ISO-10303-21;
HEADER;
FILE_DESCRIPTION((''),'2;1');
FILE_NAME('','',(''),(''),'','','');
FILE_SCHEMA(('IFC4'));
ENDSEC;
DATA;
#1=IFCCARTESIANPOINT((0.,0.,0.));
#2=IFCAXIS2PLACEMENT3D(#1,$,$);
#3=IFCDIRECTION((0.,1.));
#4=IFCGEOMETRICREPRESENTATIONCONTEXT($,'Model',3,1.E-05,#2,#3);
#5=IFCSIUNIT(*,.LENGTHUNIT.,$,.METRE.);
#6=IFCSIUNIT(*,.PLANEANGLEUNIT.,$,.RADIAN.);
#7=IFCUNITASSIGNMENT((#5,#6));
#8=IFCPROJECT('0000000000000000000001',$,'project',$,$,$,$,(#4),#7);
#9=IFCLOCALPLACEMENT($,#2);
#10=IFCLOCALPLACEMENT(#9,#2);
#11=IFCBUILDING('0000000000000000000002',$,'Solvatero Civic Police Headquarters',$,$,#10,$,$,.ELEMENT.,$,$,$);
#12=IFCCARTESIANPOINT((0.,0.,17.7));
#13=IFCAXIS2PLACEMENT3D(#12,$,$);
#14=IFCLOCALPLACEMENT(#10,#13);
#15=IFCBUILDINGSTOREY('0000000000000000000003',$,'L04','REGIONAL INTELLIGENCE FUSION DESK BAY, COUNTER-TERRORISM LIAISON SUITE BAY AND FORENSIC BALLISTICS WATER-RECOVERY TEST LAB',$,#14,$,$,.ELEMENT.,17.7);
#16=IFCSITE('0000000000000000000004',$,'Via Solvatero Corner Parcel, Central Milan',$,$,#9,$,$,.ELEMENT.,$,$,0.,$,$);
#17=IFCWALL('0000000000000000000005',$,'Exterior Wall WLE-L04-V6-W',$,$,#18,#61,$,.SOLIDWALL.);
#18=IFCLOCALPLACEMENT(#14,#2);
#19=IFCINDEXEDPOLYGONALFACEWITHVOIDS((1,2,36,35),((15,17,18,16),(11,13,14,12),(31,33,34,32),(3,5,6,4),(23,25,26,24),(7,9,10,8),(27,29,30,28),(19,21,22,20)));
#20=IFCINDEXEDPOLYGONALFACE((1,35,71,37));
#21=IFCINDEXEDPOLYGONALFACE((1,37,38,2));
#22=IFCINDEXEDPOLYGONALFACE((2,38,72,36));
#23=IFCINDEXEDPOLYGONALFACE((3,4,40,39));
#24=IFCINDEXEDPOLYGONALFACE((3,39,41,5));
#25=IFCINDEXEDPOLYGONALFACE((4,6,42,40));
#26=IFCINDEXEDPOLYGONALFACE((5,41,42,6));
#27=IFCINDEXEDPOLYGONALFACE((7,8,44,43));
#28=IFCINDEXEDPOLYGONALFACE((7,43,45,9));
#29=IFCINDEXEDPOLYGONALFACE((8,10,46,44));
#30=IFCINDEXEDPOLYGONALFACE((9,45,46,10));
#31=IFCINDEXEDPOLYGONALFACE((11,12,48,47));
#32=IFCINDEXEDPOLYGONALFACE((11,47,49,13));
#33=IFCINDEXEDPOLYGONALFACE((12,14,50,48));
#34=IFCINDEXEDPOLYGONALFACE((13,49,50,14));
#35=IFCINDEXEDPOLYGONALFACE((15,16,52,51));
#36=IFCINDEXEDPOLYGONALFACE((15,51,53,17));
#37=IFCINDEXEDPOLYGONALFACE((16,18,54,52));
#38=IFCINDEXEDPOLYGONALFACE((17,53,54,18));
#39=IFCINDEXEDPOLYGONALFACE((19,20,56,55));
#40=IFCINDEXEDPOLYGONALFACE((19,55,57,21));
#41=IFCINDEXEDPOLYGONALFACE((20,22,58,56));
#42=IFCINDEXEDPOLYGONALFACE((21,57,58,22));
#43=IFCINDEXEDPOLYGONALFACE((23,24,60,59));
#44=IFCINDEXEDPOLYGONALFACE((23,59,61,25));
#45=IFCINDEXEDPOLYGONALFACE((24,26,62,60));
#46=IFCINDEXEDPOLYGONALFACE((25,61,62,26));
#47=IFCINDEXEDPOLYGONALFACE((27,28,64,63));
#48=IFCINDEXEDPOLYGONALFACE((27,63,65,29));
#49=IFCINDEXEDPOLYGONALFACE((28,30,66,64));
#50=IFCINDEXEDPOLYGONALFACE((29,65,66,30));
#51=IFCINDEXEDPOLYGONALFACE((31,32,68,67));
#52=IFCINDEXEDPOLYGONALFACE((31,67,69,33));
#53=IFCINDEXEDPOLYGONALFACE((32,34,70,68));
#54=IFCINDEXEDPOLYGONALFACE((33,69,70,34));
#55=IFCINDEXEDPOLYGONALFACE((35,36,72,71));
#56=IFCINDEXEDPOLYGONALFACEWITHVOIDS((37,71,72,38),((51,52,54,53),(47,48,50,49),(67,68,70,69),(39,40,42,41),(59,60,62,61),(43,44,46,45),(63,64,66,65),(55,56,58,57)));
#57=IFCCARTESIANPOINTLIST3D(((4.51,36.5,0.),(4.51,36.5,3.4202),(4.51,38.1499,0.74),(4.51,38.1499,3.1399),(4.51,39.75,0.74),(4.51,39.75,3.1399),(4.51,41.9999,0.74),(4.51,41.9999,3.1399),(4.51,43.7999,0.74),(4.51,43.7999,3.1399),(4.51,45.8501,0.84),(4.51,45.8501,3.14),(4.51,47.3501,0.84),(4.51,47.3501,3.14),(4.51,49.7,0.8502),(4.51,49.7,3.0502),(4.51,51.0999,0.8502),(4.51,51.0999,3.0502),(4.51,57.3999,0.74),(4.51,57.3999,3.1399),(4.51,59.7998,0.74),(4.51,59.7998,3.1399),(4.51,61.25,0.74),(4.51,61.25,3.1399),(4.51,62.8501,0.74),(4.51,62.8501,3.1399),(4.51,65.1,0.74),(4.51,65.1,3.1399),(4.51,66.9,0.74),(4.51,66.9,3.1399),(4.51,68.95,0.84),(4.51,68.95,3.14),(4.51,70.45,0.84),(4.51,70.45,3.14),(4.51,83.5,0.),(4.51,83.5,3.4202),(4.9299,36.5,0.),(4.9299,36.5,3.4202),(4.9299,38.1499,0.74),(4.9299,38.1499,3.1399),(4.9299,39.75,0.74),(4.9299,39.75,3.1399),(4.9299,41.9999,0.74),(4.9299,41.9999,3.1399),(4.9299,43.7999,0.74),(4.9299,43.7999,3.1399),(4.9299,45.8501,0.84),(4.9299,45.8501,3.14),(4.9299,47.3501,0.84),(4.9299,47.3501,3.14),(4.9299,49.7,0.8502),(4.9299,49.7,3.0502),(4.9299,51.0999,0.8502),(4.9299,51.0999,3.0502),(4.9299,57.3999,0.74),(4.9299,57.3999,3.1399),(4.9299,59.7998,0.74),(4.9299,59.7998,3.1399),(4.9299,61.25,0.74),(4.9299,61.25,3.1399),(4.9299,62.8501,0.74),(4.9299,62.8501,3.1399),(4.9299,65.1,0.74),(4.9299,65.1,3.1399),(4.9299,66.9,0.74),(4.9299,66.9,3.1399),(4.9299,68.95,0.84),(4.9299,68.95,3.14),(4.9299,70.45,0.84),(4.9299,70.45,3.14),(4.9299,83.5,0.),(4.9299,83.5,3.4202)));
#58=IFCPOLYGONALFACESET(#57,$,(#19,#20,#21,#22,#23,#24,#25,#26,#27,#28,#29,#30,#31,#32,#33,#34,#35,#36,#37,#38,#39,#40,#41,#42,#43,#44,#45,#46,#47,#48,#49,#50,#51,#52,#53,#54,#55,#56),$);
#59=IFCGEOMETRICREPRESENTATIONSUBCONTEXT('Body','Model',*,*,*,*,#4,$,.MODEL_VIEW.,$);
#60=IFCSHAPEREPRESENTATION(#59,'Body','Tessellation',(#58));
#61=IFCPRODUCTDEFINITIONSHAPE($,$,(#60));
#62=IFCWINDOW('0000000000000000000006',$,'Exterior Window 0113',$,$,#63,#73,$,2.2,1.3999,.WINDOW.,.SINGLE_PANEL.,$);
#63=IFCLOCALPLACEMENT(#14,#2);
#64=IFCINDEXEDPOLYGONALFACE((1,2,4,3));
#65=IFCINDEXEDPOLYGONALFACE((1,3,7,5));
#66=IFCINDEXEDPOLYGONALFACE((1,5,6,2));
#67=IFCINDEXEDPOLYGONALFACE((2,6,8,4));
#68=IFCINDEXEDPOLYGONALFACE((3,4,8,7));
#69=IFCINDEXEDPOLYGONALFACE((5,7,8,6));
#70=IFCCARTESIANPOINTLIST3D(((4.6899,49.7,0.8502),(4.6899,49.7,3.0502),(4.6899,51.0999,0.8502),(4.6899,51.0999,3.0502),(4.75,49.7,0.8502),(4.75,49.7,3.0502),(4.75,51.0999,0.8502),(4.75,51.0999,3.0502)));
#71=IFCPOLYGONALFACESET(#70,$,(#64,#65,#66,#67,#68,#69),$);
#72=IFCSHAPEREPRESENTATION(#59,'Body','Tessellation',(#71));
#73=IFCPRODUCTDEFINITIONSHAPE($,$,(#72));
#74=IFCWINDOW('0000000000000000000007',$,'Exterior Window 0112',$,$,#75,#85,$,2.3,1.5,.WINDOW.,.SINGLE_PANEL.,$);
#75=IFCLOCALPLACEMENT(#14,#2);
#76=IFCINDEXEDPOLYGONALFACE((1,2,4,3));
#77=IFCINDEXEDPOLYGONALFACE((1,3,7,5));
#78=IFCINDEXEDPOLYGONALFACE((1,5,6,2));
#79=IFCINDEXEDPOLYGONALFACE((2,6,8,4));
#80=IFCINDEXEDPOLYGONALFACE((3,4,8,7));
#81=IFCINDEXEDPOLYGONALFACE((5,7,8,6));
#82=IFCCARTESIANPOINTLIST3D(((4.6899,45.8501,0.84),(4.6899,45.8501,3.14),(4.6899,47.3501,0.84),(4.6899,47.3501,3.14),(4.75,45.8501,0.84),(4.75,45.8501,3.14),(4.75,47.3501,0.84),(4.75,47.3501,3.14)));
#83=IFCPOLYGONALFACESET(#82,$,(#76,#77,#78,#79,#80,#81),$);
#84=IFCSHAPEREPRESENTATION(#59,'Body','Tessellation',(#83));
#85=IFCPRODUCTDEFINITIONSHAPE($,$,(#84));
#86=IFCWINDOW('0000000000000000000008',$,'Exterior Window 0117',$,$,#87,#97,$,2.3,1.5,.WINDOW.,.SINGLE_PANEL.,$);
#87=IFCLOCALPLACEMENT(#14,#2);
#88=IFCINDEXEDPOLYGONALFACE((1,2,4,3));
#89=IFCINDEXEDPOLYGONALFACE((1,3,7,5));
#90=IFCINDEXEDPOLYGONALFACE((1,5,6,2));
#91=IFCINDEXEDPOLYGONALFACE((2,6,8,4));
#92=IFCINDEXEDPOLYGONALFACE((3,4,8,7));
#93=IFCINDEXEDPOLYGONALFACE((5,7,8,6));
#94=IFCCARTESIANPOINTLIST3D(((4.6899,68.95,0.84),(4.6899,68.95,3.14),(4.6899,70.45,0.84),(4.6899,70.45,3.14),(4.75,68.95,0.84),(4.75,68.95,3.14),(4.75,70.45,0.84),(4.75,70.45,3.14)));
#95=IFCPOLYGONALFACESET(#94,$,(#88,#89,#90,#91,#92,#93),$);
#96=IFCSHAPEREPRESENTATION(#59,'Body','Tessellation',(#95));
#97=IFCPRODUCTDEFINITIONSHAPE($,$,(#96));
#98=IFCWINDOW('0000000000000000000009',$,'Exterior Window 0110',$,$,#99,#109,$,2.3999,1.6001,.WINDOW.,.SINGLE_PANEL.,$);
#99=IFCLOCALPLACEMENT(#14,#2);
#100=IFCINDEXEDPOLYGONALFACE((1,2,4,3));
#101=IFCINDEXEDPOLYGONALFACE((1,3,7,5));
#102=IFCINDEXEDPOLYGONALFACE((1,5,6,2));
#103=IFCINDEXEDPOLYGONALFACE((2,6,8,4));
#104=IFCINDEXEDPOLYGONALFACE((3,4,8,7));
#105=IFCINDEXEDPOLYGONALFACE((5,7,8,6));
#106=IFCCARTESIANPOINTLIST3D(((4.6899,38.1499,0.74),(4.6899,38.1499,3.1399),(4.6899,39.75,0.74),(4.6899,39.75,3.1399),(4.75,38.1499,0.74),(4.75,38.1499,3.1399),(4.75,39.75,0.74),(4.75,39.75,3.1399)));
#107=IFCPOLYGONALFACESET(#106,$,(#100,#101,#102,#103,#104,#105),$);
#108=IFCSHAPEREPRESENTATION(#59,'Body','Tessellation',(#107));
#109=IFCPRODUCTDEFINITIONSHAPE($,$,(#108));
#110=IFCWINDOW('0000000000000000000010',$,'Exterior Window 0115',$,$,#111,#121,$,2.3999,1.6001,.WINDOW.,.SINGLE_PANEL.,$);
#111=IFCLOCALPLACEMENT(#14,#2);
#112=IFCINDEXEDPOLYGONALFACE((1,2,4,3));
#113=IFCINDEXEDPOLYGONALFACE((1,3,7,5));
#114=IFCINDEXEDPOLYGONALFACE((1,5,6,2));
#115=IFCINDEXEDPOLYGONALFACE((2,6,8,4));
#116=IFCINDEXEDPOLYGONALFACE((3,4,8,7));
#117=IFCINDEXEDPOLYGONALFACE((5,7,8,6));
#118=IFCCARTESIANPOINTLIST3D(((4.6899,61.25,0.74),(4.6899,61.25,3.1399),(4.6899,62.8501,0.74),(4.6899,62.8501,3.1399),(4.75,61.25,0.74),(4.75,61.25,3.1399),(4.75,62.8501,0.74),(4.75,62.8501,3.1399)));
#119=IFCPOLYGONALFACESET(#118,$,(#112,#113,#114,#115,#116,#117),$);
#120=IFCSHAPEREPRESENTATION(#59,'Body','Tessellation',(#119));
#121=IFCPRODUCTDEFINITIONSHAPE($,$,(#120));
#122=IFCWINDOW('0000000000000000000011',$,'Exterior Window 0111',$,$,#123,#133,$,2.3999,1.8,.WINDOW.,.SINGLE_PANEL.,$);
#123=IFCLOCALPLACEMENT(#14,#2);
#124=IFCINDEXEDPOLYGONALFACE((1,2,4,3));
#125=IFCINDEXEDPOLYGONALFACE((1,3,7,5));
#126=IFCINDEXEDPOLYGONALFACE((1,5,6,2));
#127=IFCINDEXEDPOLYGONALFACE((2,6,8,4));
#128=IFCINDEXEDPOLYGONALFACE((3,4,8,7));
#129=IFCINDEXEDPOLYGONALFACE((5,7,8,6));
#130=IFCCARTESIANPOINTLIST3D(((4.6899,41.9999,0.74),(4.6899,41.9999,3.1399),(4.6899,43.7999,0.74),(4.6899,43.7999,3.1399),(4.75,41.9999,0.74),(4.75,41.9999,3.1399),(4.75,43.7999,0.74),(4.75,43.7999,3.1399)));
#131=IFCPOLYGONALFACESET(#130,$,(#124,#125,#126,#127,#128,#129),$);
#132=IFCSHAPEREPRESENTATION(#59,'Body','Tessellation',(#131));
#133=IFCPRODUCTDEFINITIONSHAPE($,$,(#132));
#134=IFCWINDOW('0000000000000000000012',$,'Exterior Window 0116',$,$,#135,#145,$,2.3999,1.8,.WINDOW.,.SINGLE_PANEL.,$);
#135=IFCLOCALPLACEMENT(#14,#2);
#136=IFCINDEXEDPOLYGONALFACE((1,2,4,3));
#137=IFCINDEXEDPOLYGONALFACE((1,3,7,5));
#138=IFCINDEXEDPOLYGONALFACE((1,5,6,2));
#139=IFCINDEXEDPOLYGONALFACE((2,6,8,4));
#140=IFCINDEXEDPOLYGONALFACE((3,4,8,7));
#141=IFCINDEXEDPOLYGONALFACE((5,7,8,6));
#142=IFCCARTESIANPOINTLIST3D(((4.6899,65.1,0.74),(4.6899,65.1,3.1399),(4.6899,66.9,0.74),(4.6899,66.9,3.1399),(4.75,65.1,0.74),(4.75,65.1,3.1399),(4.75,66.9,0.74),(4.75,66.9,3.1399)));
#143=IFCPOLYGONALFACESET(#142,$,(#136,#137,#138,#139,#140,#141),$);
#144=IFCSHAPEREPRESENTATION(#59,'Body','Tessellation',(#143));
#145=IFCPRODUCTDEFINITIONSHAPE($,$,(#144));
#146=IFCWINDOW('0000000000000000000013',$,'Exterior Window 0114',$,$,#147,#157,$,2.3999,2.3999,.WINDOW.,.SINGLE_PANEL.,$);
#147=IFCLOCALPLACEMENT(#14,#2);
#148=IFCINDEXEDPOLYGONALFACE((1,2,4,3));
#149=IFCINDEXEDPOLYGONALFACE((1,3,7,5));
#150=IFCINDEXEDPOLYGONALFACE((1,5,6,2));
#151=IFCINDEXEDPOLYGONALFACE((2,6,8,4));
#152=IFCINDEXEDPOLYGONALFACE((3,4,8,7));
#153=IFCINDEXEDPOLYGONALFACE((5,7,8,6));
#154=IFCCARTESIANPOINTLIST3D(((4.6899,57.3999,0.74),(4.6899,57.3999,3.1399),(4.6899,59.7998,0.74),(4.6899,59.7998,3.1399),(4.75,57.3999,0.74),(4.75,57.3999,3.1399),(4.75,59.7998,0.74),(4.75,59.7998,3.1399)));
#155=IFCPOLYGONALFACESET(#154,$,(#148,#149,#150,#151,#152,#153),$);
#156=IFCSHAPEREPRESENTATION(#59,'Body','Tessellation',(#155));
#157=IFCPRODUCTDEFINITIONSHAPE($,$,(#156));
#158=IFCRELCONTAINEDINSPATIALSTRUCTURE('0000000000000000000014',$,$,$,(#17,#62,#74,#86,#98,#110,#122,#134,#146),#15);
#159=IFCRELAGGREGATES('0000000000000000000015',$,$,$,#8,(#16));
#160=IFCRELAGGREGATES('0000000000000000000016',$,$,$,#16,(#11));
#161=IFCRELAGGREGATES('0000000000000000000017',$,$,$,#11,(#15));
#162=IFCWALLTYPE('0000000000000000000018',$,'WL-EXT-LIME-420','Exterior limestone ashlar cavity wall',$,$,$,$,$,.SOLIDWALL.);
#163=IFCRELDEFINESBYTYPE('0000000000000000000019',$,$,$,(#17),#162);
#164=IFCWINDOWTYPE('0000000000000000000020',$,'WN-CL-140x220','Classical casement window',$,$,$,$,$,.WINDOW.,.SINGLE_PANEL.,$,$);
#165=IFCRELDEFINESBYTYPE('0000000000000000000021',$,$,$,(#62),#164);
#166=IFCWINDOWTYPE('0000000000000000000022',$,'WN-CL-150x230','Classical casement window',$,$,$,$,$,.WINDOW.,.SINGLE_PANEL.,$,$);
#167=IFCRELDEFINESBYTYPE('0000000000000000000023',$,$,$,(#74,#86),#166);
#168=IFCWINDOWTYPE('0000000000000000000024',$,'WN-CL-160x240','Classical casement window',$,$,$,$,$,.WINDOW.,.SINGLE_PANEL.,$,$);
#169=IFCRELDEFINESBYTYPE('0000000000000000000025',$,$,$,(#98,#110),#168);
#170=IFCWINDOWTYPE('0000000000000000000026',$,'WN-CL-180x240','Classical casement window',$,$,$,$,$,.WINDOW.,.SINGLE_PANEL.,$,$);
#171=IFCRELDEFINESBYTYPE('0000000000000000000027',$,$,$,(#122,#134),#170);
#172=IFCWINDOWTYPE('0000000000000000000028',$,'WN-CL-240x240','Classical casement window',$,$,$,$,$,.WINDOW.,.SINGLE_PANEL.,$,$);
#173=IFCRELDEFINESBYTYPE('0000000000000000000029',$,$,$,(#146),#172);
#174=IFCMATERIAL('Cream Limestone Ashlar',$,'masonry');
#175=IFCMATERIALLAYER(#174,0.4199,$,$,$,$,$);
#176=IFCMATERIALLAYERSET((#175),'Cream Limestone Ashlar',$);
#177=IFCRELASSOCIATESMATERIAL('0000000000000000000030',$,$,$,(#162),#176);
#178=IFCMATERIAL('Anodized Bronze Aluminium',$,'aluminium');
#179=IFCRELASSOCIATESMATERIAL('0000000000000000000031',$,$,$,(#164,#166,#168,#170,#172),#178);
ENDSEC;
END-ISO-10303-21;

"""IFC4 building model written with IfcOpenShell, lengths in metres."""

from ifc_helpers import new_model, si_unit, direction, frame, frame_2d, origin, place, context, subcontext, project, spatial, rectangle, extrude, material, layer, layer_set, type_object, element, fill, save


model = new_model("IFC4")

# Units and contexts
model_context = context("Model", 3, precision=1e-05, world=origin(), true_north=direction((0.0, 1.0)))
body_context = subcontext(model_context, "Body", "Model", "MODEL_VIEW")
ifc_project = project(units=[si_unit("LENGTHUNIT", "METRE"), si_unit("PLANEANGLEUNIT", "RADIAN")], contexts=[model_context])

# Site, building, storey
site_placement = place(None, origin())
site = spatial("IfcSite", under=ifc_project, at=site_placement, Name="Via Solvatero Corner Parcel, Central Milan", CompositionType="ELEMENT", RefElevation=0.0)
building_placement = place(site_placement, origin())
building = spatial("IfcBuilding", under=site, at=building_placement, Name="Solvatero Civic Police Headquarters", CompositionType="ELEMENT")
storey_placement = place(building_placement, frame((0.0, 0.0, 17.7)))
storey = spatial("IfcBuildingStorey", under=building, at=storey_placement, Name="L04", Description="REGIONAL INTELLIGENCE FUSION DESK BAY, COUNTER-TERRORISM LIAISON SUITE BAY AND FORENSIC BALLISTICS WATER-RECOVERY TEST LAB", CompositionType="ELEMENT", Elevation=17.7)

# Wall, openings, windows
ifc_material_1 = material(Name="Cream Limestone Ashlar", Category="masonry")
ifc_layer_1 = layer(ifc_material_1, 0.4199)
ifc_layer_set_1 = layer_set([ifc_layer_1], Name="Cream Limestone Ashlar")
wall_type_1 = type_object("IfcWallType", Name="WL-EXT-LIME-420", Description="Exterior limestone ashlar cavity wall", PredefinedType="SOLIDWALL", material=ifc_layer_set_1)
wall_1_placement = place(storey_placement, frame((4.72, 36.5, 0.0), z_axis=(0.0, 0.0, 1.0), x_axis=(0.0, 1.0, 0.0)))
wall_1 = element("IfcWall", 1, at=wall_1_placement, inside=storey, type_object=wall_type_1, Name="Exterior Wall WLE-L04-V6-W", PredefinedType="SOLIDWALL", context=body_context, shape_type="SweptSolid", body=[
    extrude(rectangle(XDim=47.0, YDim=0.4199, at=frame_2d((23.5, 0.0))), origin(), (0.0, 0.0, 1.0), 3.4202),
])
opening_1_placement = place(wall_1_placement, frame((1.6499, 0.0, 0.74)))
opening_1 = element("IfcOpeningElement", 2, at=opening_1_placement, cuts=wall_1, PredefinedType="OPENING", context=body_context, shape_type="SweptSolid", body=[
    extrude(rectangle(XDim=1.6001, YDim=2.3999, at=frame_2d((0.8, 1.2))), frame((0.0, 0.22, 0.0), z_axis=(0.0, -1.0, 0.0), x_axis=(1.0, 0.0, 0.0)), (0.0, 0.0, 1.0), 0.4399),
])
opening_2_placement = place(wall_1_placement, frame((5.5, 0.0, 0.74)))
opening_2 = element("IfcOpeningElement", 3, at=opening_2_placement, cuts=wall_1, PredefinedType="OPENING", context=body_context, shape_type="SweptSolid", body=[
    extrude(rectangle(XDim=1.8, YDim=2.3999, at=frame_2d((0.8999, 1.2))), frame((0.0, 0.22, 0.0), z_axis=(0.0, -1.0, 0.0), x_axis=(1.0, 0.0, 0.0)), (0.0, 0.0, 1.0), 0.4399),
])
opening_3_placement = place(wall_1_placement, frame((9.3501, 0.0, 0.8401)))
opening_3 = element("IfcOpeningElement", 4, at=opening_3_placement, cuts=wall_1, PredefinedType="OPENING", context=body_context, shape_type="SweptSolid", body=[
    extrude(rectangle(XDim=1.5, YDim=2.3, at=frame_2d((0.75, 1.1499))), frame((0.0, 0.22, 0.0), z_axis=(0.0, -1.0, 0.0), x_axis=(1.0, 0.0, 0.0)), (0.0, 0.0, 1.0), 0.4399),
])
opening_4_placement = place(wall_1_placement, frame((13.2, 0.0, 0.8501)))
opening_4 = element("IfcOpeningElement", 5, at=opening_4_placement, cuts=wall_1, PredefinedType="OPENING", context=body_context, shape_type="SweptSolid", body=[
    extrude(rectangle(XDim=1.3999, YDim=2.2, at=frame_2d((0.7, 1.1001))), frame((0.0, 0.22, 0.0), z_axis=(0.0, -1.0, 0.0), x_axis=(1.0, 0.0, 0.0)), (0.0, 0.0, 1.0), 0.4399),
])
opening_5_placement = place(wall_1_placement, frame((20.8999, 0.0, 0.74)))
opening_5 = element("IfcOpeningElement", 6, at=opening_5_placement, cuts=wall_1, PredefinedType="OPENING", context=body_context, shape_type="SweptSolid", body=[
    extrude(rectangle(XDim=2.3999, YDim=2.3999, at=frame_2d((1.2, 1.2))), frame((0.0, 0.22, 0.0), z_axis=(0.0, -1.0, 0.0), x_axis=(1.0, 0.0, 0.0)), (0.0, 0.0, 1.0), 0.4399),
])
opening_6_placement = place(wall_1_placement, frame((24.75, 0.0, 0.74)))
opening_6 = element("IfcOpeningElement", 7, at=opening_6_placement, cuts=wall_1, PredefinedType="OPENING", context=body_context, shape_type="SweptSolid", body=[
    extrude(rectangle(XDim=1.6001, YDim=2.3999, at=frame_2d((0.8, 1.2))), frame((0.0, 0.22, 0.0), z_axis=(0.0, -1.0, 0.0), x_axis=(1.0, 0.0, 0.0)), (0.0, 0.0, 1.0), 0.4399),
])
opening_7_placement = place(wall_1_placement, frame((28.6001, 0.0, 0.74)))
opening_7 = element("IfcOpeningElement", 8, at=opening_7_placement, cuts=wall_1, PredefinedType="OPENING", context=body_context, shape_type="SweptSolid", body=[
    extrude(rectangle(XDim=1.8, YDim=2.3999, at=frame_2d((0.8999, 1.2))), frame((0.0, 0.22, 0.0), z_axis=(0.0, -1.0, 0.0), x_axis=(1.0, 0.0, 0.0)), (0.0, 0.0, 1.0), 0.4399),
])
opening_8_placement = place(wall_1_placement, frame((32.45, 0.0, 0.8401)))
opening_8 = element("IfcOpeningElement", 9, at=opening_8_placement, cuts=wall_1, PredefinedType="OPENING", context=body_context, shape_type="SweptSolid", body=[
    extrude(rectangle(XDim=1.5, YDim=2.3, at=frame_2d((0.75, 1.1499))), frame((0.0, 0.22, 0.0), z_axis=(0.0, -1.0, 0.0), x_axis=(1.0, 0.0, 0.0)), (0.0, 0.0, 1.0), 0.4399),
])
ifc_material_2 = material(Name="Anodized Bronze Aluminium", Category="aluminium")
window_type_1 = type_object("IfcWindowType", Name="WN-CL-140x220", Description="Classical casement window", PartitioningType="SINGLE_PANEL", PredefinedType="WINDOW", material=ifc_material_2)
window_1_placement = place(opening_4_placement, origin())
window_1 = element("IfcWindow", 10, at=window_1_placement, inside=storey, type_object=window_type_1, Name="Exterior Window 0113", OverallHeight=2.2, OverallWidth=1.3999, PartitioningType="SINGLE_PANEL", PredefinedType="WINDOW", context=body_context, shape_type="SweptSolid", body=[
    extrude(rectangle(XDim=1.3999, YDim=2.2, at=frame_2d((0.7, 1.1001))), frame((0.0, 0.03, 0.0), z_axis=(0.0, -1.0, 0.0), x_axis=(1.0, 0.0, 0.0)), (0.0, 0.0, 1.0), 0.0601),
])
fill(opening_4, window_1)
window_type_2 = type_object("IfcWindowType", Name="WN-CL-150x230", Description="Classical casement window", PartitioningType="SINGLE_PANEL", PredefinedType="WINDOW", material=ifc_material_2)
window_2_placement = place(opening_3_placement, origin())
window_2 = element("IfcWindow", 11, at=window_2_placement, inside=storey, type_object=window_type_2, Name="Exterior Window 0112", OverallHeight=2.3, OverallWidth=1.5, PartitioningType="SINGLE_PANEL", PredefinedType="WINDOW", context=body_context, shape_type="SweptSolid", body=[
    extrude(rectangle(XDim=1.5, YDim=2.3, at=frame_2d((0.75, 1.1499))), frame((0.0, 0.03, 0.0), z_axis=(0.0, -1.0, 0.0), x_axis=(1.0, 0.0, 0.0)), (0.0, 0.0, 1.0), 0.0601),
])
fill(opening_3, window_2)
window_3_placement = place(opening_8_placement, origin())
window_3 = element("IfcWindow", 12, at=window_3_placement, inside=storey, type_object=window_type_2, Name="Exterior Window 0117", OverallHeight=2.3, OverallWidth=1.5, PartitioningType="SINGLE_PANEL", PredefinedType="WINDOW", context=body_context, shape_type="SweptSolid", body=[
    extrude(rectangle(XDim=1.5, YDim=2.3, at=frame_2d((0.75, 1.1499))), frame((0.0, 0.03, 0.0), z_axis=(0.0, -1.0, 0.0), x_axis=(1.0, 0.0, 0.0)), (0.0, 0.0, 1.0), 0.0601),
])
fill(opening_8, window_3)
window_type_3 = type_object("IfcWindowType", Name="WN-CL-160x240", Description="Classical casement window", PartitioningType="SINGLE_PANEL", PredefinedType="WINDOW", material=ifc_material_2)
window_4_placement = place(opening_1_placement, origin())
window_4 = element("IfcWindow", 13, at=window_4_placement, inside=storey, type_object=window_type_3, Name="Exterior Window 0110", OverallHeight=2.3999, OverallWidth=1.6001, PartitioningType="SINGLE_PANEL", PredefinedType="WINDOW", context=body_context, shape_type="SweptSolid", body=[
    extrude(rectangle(XDim=1.6001, YDim=2.3999, at=frame_2d((0.8, 1.2))), frame((0.0, 0.03, 0.0), z_axis=(0.0, -1.0, 0.0), x_axis=(1.0, 0.0, 0.0)), (0.0, 0.0, 1.0), 0.0601),
])
fill(opening_1, window_4)
window_5_placement = place(opening_6_placement, origin())
window_5 = element("IfcWindow", 14, at=window_5_placement, inside=storey, type_object=window_type_3, Name="Exterior Window 0115", OverallHeight=2.3999, OverallWidth=1.6001, PartitioningType="SINGLE_PANEL", PredefinedType="WINDOW", context=body_context, shape_type="SweptSolid", body=[
    extrude(rectangle(XDim=1.6001, YDim=2.3999, at=frame_2d((0.8, 1.2))), frame((0.0, 0.03, 0.0), z_axis=(0.0, -1.0, 0.0), x_axis=(1.0, 0.0, 0.0)), (0.0, 0.0, 1.0), 0.0601),
])
fill(opening_6, window_5)
window_type_4 = type_object("IfcWindowType", Name="WN-CL-180x240", Description="Classical casement window", PartitioningType="SINGLE_PANEL", PredefinedType="WINDOW", material=ifc_material_2)
window_6_placement = place(opening_2_placement, origin())
window_6 = element("IfcWindow", 15, at=window_6_placement, inside=storey, type_object=window_type_4, Name="Exterior Window 0111", OverallHeight=2.3999, OverallWidth=1.8, PartitioningType="SINGLE_PANEL", PredefinedType="WINDOW", context=body_context, shape_type="SweptSolid", body=[
    extrude(rectangle(XDim=1.8, YDim=2.3999, at=frame_2d((0.8999, 1.2))), frame((0.0, 0.03, 0.0), z_axis=(0.0, -1.0, 0.0), x_axis=(1.0, 0.0, 0.0)), (0.0, 0.0, 1.0), 0.0601),
])
fill(opening_2, window_6)
window_7_placement = place(opening_7_placement, origin())
window_7 = element("IfcWindow", 16, at=window_7_placement, inside=storey, type_object=window_type_4, Name="Exterior Window 0116", OverallHeight=2.3999, OverallWidth=1.8, PartitioningType="SINGLE_PANEL", PredefinedType="WINDOW", context=body_context, shape_type="SweptSolid", body=[
    extrude(rectangle(XDim=1.8, YDim=2.3999, at=frame_2d((0.8999, 1.2))), frame((0.0, 0.03, 0.0), z_axis=(0.0, -1.0, 0.0), x_axis=(1.0, 0.0, 0.0)), (0.0, 0.0, 1.0), 0.0601),
])
fill(opening_7, window_7)
window_type_5 = type_object("IfcWindowType", Name="WN-CL-240x240", Description="Classical casement window", PartitioningType="SINGLE_PANEL", PredefinedType="WINDOW", material=ifc_material_2)
window_8_placement = place(opening_5_placement, origin())
window_8 = element("IfcWindow", 17, at=window_8_placement, inside=storey, type_object=window_type_5, Name="Exterior Window 0114", OverallHeight=2.3999, OverallWidth=2.3999, PartitioningType="SINGLE_PANEL", PredefinedType="WINDOW", context=body_context, shape_type="SweptSolid", body=[
    extrude(rectangle(XDim=2.3999, YDim=2.3999, at=frame_2d((1.2, 1.2))), frame((0.0, 0.03, 0.0), z_axis=(0.0, -1.0, 0.0), x_axis=(1.0, 0.0, 0.0)), (0.0, 0.0, 1.0), 0.0601),
])
fill(opening_5, window_8)

save(model, "model.ifc")
